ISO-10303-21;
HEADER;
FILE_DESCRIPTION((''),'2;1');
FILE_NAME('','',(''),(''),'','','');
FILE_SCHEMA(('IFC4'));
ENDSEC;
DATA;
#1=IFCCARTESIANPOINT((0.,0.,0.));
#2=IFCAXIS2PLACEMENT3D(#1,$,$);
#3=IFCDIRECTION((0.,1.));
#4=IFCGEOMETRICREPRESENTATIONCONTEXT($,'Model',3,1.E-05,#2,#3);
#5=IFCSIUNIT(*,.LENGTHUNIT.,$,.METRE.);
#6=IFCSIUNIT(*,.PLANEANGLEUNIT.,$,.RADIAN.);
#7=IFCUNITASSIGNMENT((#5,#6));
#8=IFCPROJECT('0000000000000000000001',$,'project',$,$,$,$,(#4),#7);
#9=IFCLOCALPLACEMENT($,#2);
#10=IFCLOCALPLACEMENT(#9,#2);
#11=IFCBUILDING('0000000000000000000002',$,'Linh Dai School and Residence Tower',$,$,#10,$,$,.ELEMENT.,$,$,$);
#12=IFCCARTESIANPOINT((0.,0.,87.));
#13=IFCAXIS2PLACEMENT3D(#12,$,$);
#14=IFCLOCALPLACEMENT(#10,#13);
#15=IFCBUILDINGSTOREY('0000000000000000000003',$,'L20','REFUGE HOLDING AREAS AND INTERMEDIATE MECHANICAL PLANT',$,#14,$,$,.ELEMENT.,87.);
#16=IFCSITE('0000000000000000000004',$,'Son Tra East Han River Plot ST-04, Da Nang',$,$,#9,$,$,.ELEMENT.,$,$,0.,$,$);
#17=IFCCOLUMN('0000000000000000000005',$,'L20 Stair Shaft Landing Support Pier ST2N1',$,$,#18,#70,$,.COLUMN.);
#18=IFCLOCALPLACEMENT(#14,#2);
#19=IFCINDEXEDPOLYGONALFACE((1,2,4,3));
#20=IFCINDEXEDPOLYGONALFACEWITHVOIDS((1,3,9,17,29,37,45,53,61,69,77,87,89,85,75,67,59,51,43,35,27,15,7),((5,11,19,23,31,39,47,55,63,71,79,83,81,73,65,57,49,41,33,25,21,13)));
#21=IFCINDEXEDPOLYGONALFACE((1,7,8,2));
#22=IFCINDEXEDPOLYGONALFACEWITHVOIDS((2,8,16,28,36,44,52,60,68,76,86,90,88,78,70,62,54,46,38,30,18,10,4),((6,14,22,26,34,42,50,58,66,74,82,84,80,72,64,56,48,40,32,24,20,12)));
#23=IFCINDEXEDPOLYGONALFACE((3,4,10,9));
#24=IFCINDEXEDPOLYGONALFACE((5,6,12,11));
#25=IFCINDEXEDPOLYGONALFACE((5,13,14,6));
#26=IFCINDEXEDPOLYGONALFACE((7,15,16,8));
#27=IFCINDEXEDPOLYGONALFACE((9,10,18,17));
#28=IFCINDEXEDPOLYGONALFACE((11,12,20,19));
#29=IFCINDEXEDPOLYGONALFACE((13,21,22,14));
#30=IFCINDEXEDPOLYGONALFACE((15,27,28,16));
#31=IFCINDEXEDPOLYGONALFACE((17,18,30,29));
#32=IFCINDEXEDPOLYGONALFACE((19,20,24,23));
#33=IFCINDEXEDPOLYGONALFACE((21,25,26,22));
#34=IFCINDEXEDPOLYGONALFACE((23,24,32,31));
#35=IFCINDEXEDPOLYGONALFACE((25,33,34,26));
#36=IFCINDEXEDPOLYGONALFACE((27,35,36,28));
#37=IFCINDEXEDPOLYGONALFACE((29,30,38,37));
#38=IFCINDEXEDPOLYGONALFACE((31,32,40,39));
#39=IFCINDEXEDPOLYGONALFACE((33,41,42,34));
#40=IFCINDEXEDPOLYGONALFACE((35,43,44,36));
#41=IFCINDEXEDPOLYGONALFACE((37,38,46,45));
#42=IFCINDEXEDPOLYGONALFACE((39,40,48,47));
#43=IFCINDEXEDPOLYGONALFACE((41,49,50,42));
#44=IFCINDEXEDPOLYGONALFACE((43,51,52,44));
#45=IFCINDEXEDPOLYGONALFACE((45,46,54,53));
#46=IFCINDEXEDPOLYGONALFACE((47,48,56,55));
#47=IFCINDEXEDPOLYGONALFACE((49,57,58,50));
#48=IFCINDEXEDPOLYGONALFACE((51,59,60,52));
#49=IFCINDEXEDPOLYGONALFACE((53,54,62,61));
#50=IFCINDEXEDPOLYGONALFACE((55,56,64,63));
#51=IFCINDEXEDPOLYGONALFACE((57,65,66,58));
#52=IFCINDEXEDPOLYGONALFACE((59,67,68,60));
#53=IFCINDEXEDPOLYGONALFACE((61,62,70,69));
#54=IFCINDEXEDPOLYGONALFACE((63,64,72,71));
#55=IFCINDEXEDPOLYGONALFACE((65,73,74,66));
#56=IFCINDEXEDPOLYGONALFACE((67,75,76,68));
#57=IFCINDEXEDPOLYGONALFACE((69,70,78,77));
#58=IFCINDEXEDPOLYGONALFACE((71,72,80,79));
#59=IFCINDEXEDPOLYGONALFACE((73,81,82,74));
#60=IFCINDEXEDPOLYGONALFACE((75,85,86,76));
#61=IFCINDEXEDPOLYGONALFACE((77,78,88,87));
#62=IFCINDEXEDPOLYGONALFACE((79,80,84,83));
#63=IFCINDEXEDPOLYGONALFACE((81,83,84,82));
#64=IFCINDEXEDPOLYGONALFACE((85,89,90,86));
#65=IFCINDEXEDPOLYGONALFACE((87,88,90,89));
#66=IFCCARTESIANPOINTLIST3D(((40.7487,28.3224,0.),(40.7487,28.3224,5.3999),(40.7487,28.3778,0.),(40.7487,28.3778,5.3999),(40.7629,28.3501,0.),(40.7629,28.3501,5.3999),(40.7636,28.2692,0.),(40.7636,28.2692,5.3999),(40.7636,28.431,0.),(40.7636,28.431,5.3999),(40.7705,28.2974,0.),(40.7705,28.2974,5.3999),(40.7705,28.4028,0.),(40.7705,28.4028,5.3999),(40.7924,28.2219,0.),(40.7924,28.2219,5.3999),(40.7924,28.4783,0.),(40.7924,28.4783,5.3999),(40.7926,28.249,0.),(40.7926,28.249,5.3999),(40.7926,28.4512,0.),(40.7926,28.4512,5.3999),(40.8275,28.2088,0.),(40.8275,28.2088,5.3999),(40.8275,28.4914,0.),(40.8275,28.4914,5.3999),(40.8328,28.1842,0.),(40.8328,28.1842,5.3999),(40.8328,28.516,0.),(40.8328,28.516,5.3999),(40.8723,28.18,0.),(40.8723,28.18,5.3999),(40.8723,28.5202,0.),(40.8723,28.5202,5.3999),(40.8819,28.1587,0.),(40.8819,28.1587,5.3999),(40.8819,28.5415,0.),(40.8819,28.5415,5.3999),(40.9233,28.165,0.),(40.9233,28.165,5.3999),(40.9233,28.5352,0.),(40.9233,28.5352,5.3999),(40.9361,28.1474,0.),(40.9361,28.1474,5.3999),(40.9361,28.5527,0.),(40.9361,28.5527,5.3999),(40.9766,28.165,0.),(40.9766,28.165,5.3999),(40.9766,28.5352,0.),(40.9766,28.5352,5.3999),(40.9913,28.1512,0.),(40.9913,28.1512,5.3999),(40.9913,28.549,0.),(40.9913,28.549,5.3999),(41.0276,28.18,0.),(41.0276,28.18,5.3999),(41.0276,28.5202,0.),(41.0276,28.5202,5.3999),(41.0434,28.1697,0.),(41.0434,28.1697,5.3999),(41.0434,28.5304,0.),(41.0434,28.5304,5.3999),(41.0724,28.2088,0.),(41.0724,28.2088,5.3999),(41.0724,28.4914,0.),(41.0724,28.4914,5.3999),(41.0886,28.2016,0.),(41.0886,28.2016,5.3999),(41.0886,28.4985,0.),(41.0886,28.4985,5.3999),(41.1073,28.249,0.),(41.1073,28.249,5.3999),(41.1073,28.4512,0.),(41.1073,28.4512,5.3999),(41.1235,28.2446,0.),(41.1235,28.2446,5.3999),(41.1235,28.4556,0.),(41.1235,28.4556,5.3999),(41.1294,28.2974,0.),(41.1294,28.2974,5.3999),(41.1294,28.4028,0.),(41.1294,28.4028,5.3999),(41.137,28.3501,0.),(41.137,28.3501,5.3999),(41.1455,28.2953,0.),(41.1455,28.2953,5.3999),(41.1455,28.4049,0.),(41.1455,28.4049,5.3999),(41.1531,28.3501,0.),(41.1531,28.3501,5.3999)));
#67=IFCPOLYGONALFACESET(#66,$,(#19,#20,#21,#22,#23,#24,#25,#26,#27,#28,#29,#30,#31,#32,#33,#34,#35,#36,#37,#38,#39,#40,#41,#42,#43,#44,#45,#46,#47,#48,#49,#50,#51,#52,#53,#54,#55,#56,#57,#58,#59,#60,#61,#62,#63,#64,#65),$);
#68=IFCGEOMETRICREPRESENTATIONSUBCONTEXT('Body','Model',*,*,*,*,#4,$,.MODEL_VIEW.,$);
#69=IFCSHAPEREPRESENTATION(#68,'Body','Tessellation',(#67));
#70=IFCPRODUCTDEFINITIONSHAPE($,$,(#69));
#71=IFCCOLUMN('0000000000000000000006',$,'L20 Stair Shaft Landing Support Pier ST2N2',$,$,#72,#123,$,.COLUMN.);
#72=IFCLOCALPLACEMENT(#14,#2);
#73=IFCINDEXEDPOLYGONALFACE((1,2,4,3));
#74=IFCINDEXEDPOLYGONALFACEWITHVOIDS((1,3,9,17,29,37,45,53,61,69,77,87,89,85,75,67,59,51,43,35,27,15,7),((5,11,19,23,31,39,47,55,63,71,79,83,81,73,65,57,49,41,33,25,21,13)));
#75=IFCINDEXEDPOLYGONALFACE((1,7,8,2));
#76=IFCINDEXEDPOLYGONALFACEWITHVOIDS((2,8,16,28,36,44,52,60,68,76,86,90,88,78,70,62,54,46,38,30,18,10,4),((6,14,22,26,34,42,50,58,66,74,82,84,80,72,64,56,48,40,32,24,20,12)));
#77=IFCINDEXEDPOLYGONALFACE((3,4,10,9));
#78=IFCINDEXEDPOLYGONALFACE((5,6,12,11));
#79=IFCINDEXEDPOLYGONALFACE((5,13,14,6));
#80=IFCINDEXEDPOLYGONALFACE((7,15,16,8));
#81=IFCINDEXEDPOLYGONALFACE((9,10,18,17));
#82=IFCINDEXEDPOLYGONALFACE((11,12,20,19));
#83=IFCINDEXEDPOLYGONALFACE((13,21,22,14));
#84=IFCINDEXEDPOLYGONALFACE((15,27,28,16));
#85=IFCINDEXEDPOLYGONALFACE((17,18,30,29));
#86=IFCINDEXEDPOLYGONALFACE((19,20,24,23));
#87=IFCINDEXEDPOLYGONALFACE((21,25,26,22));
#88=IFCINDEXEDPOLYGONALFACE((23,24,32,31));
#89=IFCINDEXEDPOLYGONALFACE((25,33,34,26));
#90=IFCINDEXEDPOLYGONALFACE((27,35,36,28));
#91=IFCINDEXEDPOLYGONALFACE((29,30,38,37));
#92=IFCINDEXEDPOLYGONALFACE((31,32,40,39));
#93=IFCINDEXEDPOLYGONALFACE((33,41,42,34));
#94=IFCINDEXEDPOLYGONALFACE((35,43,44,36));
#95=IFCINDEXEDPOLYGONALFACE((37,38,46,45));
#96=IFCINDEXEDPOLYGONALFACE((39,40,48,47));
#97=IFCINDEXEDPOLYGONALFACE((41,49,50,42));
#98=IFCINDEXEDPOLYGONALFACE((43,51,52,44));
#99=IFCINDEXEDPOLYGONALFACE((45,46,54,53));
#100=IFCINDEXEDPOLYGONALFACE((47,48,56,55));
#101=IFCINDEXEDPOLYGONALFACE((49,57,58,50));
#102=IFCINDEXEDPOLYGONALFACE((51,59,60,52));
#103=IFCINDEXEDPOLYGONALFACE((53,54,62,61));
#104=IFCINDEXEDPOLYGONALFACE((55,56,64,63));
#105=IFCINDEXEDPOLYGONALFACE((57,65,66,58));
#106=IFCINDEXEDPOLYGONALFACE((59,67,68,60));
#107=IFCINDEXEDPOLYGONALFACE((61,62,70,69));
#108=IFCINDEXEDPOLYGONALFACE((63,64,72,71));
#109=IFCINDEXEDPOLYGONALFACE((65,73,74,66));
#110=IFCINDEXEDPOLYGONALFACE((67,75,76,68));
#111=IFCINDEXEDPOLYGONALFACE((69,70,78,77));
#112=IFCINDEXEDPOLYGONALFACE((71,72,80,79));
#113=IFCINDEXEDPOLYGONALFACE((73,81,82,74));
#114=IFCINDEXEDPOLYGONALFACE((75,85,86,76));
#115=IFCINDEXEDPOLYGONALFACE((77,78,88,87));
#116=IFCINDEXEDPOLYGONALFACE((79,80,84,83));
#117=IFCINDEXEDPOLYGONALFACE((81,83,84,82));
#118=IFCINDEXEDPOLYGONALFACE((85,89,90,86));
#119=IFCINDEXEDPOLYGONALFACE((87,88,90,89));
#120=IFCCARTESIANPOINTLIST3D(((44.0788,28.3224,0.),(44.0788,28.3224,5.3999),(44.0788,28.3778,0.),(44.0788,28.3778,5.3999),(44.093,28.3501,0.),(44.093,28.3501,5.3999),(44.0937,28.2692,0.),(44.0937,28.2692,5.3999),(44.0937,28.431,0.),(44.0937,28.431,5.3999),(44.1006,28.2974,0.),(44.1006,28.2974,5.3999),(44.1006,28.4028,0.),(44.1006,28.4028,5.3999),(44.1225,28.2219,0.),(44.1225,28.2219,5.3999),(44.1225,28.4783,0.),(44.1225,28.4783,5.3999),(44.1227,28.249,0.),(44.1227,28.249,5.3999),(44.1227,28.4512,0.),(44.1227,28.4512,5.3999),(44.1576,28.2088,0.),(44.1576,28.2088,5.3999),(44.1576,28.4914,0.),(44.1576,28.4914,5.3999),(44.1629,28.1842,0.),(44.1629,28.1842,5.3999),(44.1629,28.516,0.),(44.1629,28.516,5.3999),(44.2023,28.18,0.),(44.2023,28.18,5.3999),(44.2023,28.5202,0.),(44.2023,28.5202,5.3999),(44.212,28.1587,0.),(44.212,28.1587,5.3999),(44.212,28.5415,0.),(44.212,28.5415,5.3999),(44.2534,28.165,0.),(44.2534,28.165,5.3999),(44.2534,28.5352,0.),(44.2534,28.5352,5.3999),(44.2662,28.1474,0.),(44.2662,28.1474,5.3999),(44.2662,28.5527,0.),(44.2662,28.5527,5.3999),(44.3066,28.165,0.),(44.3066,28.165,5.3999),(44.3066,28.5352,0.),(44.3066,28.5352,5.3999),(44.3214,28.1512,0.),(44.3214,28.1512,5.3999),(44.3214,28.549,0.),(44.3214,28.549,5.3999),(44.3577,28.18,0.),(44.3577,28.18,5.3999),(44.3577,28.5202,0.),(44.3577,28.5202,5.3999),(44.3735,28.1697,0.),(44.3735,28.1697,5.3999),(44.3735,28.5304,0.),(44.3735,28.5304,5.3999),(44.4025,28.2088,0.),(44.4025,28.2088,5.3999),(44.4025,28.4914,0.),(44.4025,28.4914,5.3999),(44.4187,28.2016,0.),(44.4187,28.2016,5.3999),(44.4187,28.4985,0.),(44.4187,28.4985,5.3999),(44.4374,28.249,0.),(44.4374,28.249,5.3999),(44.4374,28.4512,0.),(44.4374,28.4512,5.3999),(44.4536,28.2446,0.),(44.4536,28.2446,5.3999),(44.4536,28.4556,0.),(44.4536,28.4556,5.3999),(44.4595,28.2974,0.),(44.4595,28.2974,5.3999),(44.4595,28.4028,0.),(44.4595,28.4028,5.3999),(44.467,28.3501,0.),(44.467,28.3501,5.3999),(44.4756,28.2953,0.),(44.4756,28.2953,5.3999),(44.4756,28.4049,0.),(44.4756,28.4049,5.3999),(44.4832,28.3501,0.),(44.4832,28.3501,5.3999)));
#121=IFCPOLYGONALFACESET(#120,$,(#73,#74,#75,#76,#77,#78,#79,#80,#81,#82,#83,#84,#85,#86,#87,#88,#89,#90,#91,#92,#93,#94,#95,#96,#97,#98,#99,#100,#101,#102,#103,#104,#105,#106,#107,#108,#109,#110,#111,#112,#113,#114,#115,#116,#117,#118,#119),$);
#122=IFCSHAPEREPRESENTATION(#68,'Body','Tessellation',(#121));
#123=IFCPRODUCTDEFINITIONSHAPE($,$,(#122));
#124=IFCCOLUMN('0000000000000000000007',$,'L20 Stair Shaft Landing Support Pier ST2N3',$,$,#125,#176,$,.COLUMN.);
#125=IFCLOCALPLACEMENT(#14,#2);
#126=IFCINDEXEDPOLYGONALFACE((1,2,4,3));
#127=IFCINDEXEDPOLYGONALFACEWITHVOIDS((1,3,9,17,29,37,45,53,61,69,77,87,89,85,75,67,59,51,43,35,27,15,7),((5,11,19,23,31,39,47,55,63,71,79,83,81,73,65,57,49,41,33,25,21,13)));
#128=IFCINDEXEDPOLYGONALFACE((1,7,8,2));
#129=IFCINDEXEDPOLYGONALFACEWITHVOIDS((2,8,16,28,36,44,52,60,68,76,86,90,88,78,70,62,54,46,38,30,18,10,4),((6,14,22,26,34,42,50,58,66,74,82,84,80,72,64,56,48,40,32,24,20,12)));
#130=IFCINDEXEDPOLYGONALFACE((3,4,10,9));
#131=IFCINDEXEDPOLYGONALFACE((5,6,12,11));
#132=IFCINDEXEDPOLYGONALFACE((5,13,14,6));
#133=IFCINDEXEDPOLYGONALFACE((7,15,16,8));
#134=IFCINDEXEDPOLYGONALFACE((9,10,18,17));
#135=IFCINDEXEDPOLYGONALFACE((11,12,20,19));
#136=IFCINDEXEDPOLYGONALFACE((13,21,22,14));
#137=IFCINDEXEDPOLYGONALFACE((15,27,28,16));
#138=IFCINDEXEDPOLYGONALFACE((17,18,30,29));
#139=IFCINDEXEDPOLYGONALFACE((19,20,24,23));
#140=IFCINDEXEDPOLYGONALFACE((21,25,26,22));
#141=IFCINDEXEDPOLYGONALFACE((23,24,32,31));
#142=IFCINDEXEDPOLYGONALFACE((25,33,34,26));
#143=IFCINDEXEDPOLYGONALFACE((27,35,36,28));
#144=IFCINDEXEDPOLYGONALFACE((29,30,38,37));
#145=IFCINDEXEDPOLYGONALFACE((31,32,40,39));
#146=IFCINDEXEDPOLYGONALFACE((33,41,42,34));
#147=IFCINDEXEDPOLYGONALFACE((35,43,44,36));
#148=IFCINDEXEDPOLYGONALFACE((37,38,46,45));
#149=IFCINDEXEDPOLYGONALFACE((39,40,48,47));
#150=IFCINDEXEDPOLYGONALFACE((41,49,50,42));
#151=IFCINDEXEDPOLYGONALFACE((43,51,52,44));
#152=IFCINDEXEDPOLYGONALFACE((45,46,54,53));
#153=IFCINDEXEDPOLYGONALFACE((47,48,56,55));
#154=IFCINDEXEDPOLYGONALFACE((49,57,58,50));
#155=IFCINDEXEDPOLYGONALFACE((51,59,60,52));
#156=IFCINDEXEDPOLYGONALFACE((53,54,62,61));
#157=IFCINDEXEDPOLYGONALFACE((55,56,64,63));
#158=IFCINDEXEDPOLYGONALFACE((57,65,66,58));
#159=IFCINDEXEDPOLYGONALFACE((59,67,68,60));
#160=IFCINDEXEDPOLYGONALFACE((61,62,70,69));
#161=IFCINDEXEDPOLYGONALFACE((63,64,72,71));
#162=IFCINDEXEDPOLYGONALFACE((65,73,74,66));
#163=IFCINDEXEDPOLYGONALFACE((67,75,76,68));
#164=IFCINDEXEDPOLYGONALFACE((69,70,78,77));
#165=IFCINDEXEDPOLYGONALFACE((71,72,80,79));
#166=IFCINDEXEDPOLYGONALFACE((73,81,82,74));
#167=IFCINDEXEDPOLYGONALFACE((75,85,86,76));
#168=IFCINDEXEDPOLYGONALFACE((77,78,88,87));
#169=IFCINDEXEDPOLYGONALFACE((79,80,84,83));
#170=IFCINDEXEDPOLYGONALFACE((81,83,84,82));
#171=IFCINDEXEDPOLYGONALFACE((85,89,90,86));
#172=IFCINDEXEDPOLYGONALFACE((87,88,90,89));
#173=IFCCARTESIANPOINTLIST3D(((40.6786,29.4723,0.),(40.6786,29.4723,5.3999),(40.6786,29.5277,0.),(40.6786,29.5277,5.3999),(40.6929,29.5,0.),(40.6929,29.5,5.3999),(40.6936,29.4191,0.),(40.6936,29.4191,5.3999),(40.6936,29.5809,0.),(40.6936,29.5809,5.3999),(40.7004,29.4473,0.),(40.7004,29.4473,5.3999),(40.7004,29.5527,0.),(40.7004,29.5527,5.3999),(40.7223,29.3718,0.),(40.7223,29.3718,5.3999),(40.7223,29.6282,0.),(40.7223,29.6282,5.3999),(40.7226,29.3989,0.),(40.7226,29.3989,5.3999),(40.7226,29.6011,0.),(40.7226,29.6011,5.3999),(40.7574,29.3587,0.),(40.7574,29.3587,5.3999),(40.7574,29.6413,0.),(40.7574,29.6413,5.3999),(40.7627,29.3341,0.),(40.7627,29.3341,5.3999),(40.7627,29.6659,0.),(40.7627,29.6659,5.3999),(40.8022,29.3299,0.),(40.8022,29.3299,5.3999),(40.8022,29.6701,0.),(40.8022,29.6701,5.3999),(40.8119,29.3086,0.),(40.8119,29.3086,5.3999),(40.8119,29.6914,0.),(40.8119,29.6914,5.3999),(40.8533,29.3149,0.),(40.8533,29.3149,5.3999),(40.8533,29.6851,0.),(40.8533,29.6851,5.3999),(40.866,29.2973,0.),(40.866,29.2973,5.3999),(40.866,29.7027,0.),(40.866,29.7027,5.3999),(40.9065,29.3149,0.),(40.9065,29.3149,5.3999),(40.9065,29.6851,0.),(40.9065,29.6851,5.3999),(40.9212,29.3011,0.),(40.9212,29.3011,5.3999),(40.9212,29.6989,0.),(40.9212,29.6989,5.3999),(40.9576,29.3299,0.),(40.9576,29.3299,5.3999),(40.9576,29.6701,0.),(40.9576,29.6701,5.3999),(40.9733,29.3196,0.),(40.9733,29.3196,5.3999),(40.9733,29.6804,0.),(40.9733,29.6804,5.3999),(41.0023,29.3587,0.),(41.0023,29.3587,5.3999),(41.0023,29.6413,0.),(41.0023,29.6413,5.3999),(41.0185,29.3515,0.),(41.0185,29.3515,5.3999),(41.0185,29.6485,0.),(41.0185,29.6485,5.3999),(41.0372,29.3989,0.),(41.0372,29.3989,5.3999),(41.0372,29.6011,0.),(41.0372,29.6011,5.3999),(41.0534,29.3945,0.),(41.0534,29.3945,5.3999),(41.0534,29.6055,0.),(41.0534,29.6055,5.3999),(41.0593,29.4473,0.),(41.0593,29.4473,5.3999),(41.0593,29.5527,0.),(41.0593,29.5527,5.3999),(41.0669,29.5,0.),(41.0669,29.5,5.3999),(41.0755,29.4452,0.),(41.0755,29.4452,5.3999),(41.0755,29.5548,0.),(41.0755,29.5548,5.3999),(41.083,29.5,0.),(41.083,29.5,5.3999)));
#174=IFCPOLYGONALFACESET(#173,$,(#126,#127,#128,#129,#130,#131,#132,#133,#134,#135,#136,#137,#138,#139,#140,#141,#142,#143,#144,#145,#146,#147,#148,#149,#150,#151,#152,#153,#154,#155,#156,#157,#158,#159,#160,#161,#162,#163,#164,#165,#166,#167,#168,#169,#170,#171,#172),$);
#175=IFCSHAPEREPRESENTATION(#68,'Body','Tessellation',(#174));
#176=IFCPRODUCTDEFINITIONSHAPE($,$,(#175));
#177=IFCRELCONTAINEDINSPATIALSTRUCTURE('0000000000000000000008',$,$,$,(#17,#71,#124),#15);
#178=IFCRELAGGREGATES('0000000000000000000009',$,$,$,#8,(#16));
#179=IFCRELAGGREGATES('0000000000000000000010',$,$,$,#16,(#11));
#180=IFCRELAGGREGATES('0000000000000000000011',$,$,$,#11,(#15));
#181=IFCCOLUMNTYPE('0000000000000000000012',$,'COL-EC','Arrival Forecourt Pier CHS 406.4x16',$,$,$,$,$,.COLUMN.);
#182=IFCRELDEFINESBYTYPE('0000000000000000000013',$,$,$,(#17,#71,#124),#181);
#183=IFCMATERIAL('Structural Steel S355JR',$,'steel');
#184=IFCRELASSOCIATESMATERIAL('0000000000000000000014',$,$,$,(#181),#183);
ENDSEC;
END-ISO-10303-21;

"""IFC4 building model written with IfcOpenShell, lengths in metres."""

from ifc_helpers import new_model, si_unit, direction, frame, origin, origin_2d, place, context, subcontext, project, spatial, hollow_circle, extrude, material, material_profile, profile_set, type_object, element, save


model = new_model("IFC4")

# Units and contexts
model_context = context("Model", 3, precision=1e-05, world=origin(), true_north=direction((0.0, 1.0)))
body_context = subcontext(model_context, "Body", "Model", "MODEL_VIEW")
ifc_project = project(units=[si_unit("LENGTHUNIT", "METRE"), si_unit("PLANEANGLEUNIT", "RADIAN")], contexts=[model_context])

# Site, building, storey
site_placement = place(None, origin())
site = spatial("IfcSite", under=ifc_project, at=site_placement, Name="Son Tra East Han River Plot ST-04, Da Nang", CompositionType="ELEMENT", RefElevation=0.0)
building_placement = place(site_placement, origin())
building = spatial("IfcBuilding", under=site, at=building_placement, Name="Linh Dai School and Residence Tower", CompositionType="ELEMENT")
storey_placement = place(building_placement, frame((0.0, 0.0, 87.0)))
storey = spatial("IfcBuildingStorey", under=building, at=storey_placement, Name="L20", Description="REFUGE HOLDING AREAS AND INTERMEDIATE MECHANICAL PLANT", CompositionType="ELEMENT", Elevation=87.0)

# Columns
ifc_material_1 = material(Name="Structural Steel S355JR", Category="steel")
ifc_material_profile_1 = material_profile(ifc_material_1, hollow_circle(Radius=0.2031, WallThickness=0.0161, at=origin_2d()), Name="CHS 406.4x16")
ifc_profile_set_1 = profile_set([ifc_material_profile_1], Name="Structural Steel S355JR")
column_type_1 = type_object("IfcColumnType", Name="COL-EC", Description="Arrival Forecourt Pier CHS 406.4x16", PredefinedType="COLUMN", material=ifc_profile_set_1)
for number, where, z_axis, x_axis, name in (
    (1, (40.95, 28.3501, 0.0), (0.0, 0.0, 1.0), (1.0, 0.0, 0.0), "L20 Stair Shaft Landing Support Pier ST2N1"),
    (2, (44.28, 28.3501, 0.0), (0.0, 0.0, 1.0), (1.0, 0.0, 0.0), "L20 Stair Shaft Landing Support Pier ST2N2"),
    (3, (40.8799, 29.5, 0.0), (0.0, 0.0, 1.0), (1.0, 0.0, 0.0), "L20 Stair Shaft Landing Support Pier ST2N3"),
):
    element("IfcColumn", number, at=place(storey_placement, frame(where, z_axis=z_axis, x_axis=x_axis)), inside=storey, type_object=column_type_1, Name=name, PredefinedType="COLUMN", context=body_context, shape_type="SweptSolid", body=[
        extrude(hollow_circle(Radius=0.2031, WallThickness=0.0161, at=origin_2d()), origin(), (0.0, 0.0, 1.0), 5.3999),
    ])

save(model, "model.ifc")
